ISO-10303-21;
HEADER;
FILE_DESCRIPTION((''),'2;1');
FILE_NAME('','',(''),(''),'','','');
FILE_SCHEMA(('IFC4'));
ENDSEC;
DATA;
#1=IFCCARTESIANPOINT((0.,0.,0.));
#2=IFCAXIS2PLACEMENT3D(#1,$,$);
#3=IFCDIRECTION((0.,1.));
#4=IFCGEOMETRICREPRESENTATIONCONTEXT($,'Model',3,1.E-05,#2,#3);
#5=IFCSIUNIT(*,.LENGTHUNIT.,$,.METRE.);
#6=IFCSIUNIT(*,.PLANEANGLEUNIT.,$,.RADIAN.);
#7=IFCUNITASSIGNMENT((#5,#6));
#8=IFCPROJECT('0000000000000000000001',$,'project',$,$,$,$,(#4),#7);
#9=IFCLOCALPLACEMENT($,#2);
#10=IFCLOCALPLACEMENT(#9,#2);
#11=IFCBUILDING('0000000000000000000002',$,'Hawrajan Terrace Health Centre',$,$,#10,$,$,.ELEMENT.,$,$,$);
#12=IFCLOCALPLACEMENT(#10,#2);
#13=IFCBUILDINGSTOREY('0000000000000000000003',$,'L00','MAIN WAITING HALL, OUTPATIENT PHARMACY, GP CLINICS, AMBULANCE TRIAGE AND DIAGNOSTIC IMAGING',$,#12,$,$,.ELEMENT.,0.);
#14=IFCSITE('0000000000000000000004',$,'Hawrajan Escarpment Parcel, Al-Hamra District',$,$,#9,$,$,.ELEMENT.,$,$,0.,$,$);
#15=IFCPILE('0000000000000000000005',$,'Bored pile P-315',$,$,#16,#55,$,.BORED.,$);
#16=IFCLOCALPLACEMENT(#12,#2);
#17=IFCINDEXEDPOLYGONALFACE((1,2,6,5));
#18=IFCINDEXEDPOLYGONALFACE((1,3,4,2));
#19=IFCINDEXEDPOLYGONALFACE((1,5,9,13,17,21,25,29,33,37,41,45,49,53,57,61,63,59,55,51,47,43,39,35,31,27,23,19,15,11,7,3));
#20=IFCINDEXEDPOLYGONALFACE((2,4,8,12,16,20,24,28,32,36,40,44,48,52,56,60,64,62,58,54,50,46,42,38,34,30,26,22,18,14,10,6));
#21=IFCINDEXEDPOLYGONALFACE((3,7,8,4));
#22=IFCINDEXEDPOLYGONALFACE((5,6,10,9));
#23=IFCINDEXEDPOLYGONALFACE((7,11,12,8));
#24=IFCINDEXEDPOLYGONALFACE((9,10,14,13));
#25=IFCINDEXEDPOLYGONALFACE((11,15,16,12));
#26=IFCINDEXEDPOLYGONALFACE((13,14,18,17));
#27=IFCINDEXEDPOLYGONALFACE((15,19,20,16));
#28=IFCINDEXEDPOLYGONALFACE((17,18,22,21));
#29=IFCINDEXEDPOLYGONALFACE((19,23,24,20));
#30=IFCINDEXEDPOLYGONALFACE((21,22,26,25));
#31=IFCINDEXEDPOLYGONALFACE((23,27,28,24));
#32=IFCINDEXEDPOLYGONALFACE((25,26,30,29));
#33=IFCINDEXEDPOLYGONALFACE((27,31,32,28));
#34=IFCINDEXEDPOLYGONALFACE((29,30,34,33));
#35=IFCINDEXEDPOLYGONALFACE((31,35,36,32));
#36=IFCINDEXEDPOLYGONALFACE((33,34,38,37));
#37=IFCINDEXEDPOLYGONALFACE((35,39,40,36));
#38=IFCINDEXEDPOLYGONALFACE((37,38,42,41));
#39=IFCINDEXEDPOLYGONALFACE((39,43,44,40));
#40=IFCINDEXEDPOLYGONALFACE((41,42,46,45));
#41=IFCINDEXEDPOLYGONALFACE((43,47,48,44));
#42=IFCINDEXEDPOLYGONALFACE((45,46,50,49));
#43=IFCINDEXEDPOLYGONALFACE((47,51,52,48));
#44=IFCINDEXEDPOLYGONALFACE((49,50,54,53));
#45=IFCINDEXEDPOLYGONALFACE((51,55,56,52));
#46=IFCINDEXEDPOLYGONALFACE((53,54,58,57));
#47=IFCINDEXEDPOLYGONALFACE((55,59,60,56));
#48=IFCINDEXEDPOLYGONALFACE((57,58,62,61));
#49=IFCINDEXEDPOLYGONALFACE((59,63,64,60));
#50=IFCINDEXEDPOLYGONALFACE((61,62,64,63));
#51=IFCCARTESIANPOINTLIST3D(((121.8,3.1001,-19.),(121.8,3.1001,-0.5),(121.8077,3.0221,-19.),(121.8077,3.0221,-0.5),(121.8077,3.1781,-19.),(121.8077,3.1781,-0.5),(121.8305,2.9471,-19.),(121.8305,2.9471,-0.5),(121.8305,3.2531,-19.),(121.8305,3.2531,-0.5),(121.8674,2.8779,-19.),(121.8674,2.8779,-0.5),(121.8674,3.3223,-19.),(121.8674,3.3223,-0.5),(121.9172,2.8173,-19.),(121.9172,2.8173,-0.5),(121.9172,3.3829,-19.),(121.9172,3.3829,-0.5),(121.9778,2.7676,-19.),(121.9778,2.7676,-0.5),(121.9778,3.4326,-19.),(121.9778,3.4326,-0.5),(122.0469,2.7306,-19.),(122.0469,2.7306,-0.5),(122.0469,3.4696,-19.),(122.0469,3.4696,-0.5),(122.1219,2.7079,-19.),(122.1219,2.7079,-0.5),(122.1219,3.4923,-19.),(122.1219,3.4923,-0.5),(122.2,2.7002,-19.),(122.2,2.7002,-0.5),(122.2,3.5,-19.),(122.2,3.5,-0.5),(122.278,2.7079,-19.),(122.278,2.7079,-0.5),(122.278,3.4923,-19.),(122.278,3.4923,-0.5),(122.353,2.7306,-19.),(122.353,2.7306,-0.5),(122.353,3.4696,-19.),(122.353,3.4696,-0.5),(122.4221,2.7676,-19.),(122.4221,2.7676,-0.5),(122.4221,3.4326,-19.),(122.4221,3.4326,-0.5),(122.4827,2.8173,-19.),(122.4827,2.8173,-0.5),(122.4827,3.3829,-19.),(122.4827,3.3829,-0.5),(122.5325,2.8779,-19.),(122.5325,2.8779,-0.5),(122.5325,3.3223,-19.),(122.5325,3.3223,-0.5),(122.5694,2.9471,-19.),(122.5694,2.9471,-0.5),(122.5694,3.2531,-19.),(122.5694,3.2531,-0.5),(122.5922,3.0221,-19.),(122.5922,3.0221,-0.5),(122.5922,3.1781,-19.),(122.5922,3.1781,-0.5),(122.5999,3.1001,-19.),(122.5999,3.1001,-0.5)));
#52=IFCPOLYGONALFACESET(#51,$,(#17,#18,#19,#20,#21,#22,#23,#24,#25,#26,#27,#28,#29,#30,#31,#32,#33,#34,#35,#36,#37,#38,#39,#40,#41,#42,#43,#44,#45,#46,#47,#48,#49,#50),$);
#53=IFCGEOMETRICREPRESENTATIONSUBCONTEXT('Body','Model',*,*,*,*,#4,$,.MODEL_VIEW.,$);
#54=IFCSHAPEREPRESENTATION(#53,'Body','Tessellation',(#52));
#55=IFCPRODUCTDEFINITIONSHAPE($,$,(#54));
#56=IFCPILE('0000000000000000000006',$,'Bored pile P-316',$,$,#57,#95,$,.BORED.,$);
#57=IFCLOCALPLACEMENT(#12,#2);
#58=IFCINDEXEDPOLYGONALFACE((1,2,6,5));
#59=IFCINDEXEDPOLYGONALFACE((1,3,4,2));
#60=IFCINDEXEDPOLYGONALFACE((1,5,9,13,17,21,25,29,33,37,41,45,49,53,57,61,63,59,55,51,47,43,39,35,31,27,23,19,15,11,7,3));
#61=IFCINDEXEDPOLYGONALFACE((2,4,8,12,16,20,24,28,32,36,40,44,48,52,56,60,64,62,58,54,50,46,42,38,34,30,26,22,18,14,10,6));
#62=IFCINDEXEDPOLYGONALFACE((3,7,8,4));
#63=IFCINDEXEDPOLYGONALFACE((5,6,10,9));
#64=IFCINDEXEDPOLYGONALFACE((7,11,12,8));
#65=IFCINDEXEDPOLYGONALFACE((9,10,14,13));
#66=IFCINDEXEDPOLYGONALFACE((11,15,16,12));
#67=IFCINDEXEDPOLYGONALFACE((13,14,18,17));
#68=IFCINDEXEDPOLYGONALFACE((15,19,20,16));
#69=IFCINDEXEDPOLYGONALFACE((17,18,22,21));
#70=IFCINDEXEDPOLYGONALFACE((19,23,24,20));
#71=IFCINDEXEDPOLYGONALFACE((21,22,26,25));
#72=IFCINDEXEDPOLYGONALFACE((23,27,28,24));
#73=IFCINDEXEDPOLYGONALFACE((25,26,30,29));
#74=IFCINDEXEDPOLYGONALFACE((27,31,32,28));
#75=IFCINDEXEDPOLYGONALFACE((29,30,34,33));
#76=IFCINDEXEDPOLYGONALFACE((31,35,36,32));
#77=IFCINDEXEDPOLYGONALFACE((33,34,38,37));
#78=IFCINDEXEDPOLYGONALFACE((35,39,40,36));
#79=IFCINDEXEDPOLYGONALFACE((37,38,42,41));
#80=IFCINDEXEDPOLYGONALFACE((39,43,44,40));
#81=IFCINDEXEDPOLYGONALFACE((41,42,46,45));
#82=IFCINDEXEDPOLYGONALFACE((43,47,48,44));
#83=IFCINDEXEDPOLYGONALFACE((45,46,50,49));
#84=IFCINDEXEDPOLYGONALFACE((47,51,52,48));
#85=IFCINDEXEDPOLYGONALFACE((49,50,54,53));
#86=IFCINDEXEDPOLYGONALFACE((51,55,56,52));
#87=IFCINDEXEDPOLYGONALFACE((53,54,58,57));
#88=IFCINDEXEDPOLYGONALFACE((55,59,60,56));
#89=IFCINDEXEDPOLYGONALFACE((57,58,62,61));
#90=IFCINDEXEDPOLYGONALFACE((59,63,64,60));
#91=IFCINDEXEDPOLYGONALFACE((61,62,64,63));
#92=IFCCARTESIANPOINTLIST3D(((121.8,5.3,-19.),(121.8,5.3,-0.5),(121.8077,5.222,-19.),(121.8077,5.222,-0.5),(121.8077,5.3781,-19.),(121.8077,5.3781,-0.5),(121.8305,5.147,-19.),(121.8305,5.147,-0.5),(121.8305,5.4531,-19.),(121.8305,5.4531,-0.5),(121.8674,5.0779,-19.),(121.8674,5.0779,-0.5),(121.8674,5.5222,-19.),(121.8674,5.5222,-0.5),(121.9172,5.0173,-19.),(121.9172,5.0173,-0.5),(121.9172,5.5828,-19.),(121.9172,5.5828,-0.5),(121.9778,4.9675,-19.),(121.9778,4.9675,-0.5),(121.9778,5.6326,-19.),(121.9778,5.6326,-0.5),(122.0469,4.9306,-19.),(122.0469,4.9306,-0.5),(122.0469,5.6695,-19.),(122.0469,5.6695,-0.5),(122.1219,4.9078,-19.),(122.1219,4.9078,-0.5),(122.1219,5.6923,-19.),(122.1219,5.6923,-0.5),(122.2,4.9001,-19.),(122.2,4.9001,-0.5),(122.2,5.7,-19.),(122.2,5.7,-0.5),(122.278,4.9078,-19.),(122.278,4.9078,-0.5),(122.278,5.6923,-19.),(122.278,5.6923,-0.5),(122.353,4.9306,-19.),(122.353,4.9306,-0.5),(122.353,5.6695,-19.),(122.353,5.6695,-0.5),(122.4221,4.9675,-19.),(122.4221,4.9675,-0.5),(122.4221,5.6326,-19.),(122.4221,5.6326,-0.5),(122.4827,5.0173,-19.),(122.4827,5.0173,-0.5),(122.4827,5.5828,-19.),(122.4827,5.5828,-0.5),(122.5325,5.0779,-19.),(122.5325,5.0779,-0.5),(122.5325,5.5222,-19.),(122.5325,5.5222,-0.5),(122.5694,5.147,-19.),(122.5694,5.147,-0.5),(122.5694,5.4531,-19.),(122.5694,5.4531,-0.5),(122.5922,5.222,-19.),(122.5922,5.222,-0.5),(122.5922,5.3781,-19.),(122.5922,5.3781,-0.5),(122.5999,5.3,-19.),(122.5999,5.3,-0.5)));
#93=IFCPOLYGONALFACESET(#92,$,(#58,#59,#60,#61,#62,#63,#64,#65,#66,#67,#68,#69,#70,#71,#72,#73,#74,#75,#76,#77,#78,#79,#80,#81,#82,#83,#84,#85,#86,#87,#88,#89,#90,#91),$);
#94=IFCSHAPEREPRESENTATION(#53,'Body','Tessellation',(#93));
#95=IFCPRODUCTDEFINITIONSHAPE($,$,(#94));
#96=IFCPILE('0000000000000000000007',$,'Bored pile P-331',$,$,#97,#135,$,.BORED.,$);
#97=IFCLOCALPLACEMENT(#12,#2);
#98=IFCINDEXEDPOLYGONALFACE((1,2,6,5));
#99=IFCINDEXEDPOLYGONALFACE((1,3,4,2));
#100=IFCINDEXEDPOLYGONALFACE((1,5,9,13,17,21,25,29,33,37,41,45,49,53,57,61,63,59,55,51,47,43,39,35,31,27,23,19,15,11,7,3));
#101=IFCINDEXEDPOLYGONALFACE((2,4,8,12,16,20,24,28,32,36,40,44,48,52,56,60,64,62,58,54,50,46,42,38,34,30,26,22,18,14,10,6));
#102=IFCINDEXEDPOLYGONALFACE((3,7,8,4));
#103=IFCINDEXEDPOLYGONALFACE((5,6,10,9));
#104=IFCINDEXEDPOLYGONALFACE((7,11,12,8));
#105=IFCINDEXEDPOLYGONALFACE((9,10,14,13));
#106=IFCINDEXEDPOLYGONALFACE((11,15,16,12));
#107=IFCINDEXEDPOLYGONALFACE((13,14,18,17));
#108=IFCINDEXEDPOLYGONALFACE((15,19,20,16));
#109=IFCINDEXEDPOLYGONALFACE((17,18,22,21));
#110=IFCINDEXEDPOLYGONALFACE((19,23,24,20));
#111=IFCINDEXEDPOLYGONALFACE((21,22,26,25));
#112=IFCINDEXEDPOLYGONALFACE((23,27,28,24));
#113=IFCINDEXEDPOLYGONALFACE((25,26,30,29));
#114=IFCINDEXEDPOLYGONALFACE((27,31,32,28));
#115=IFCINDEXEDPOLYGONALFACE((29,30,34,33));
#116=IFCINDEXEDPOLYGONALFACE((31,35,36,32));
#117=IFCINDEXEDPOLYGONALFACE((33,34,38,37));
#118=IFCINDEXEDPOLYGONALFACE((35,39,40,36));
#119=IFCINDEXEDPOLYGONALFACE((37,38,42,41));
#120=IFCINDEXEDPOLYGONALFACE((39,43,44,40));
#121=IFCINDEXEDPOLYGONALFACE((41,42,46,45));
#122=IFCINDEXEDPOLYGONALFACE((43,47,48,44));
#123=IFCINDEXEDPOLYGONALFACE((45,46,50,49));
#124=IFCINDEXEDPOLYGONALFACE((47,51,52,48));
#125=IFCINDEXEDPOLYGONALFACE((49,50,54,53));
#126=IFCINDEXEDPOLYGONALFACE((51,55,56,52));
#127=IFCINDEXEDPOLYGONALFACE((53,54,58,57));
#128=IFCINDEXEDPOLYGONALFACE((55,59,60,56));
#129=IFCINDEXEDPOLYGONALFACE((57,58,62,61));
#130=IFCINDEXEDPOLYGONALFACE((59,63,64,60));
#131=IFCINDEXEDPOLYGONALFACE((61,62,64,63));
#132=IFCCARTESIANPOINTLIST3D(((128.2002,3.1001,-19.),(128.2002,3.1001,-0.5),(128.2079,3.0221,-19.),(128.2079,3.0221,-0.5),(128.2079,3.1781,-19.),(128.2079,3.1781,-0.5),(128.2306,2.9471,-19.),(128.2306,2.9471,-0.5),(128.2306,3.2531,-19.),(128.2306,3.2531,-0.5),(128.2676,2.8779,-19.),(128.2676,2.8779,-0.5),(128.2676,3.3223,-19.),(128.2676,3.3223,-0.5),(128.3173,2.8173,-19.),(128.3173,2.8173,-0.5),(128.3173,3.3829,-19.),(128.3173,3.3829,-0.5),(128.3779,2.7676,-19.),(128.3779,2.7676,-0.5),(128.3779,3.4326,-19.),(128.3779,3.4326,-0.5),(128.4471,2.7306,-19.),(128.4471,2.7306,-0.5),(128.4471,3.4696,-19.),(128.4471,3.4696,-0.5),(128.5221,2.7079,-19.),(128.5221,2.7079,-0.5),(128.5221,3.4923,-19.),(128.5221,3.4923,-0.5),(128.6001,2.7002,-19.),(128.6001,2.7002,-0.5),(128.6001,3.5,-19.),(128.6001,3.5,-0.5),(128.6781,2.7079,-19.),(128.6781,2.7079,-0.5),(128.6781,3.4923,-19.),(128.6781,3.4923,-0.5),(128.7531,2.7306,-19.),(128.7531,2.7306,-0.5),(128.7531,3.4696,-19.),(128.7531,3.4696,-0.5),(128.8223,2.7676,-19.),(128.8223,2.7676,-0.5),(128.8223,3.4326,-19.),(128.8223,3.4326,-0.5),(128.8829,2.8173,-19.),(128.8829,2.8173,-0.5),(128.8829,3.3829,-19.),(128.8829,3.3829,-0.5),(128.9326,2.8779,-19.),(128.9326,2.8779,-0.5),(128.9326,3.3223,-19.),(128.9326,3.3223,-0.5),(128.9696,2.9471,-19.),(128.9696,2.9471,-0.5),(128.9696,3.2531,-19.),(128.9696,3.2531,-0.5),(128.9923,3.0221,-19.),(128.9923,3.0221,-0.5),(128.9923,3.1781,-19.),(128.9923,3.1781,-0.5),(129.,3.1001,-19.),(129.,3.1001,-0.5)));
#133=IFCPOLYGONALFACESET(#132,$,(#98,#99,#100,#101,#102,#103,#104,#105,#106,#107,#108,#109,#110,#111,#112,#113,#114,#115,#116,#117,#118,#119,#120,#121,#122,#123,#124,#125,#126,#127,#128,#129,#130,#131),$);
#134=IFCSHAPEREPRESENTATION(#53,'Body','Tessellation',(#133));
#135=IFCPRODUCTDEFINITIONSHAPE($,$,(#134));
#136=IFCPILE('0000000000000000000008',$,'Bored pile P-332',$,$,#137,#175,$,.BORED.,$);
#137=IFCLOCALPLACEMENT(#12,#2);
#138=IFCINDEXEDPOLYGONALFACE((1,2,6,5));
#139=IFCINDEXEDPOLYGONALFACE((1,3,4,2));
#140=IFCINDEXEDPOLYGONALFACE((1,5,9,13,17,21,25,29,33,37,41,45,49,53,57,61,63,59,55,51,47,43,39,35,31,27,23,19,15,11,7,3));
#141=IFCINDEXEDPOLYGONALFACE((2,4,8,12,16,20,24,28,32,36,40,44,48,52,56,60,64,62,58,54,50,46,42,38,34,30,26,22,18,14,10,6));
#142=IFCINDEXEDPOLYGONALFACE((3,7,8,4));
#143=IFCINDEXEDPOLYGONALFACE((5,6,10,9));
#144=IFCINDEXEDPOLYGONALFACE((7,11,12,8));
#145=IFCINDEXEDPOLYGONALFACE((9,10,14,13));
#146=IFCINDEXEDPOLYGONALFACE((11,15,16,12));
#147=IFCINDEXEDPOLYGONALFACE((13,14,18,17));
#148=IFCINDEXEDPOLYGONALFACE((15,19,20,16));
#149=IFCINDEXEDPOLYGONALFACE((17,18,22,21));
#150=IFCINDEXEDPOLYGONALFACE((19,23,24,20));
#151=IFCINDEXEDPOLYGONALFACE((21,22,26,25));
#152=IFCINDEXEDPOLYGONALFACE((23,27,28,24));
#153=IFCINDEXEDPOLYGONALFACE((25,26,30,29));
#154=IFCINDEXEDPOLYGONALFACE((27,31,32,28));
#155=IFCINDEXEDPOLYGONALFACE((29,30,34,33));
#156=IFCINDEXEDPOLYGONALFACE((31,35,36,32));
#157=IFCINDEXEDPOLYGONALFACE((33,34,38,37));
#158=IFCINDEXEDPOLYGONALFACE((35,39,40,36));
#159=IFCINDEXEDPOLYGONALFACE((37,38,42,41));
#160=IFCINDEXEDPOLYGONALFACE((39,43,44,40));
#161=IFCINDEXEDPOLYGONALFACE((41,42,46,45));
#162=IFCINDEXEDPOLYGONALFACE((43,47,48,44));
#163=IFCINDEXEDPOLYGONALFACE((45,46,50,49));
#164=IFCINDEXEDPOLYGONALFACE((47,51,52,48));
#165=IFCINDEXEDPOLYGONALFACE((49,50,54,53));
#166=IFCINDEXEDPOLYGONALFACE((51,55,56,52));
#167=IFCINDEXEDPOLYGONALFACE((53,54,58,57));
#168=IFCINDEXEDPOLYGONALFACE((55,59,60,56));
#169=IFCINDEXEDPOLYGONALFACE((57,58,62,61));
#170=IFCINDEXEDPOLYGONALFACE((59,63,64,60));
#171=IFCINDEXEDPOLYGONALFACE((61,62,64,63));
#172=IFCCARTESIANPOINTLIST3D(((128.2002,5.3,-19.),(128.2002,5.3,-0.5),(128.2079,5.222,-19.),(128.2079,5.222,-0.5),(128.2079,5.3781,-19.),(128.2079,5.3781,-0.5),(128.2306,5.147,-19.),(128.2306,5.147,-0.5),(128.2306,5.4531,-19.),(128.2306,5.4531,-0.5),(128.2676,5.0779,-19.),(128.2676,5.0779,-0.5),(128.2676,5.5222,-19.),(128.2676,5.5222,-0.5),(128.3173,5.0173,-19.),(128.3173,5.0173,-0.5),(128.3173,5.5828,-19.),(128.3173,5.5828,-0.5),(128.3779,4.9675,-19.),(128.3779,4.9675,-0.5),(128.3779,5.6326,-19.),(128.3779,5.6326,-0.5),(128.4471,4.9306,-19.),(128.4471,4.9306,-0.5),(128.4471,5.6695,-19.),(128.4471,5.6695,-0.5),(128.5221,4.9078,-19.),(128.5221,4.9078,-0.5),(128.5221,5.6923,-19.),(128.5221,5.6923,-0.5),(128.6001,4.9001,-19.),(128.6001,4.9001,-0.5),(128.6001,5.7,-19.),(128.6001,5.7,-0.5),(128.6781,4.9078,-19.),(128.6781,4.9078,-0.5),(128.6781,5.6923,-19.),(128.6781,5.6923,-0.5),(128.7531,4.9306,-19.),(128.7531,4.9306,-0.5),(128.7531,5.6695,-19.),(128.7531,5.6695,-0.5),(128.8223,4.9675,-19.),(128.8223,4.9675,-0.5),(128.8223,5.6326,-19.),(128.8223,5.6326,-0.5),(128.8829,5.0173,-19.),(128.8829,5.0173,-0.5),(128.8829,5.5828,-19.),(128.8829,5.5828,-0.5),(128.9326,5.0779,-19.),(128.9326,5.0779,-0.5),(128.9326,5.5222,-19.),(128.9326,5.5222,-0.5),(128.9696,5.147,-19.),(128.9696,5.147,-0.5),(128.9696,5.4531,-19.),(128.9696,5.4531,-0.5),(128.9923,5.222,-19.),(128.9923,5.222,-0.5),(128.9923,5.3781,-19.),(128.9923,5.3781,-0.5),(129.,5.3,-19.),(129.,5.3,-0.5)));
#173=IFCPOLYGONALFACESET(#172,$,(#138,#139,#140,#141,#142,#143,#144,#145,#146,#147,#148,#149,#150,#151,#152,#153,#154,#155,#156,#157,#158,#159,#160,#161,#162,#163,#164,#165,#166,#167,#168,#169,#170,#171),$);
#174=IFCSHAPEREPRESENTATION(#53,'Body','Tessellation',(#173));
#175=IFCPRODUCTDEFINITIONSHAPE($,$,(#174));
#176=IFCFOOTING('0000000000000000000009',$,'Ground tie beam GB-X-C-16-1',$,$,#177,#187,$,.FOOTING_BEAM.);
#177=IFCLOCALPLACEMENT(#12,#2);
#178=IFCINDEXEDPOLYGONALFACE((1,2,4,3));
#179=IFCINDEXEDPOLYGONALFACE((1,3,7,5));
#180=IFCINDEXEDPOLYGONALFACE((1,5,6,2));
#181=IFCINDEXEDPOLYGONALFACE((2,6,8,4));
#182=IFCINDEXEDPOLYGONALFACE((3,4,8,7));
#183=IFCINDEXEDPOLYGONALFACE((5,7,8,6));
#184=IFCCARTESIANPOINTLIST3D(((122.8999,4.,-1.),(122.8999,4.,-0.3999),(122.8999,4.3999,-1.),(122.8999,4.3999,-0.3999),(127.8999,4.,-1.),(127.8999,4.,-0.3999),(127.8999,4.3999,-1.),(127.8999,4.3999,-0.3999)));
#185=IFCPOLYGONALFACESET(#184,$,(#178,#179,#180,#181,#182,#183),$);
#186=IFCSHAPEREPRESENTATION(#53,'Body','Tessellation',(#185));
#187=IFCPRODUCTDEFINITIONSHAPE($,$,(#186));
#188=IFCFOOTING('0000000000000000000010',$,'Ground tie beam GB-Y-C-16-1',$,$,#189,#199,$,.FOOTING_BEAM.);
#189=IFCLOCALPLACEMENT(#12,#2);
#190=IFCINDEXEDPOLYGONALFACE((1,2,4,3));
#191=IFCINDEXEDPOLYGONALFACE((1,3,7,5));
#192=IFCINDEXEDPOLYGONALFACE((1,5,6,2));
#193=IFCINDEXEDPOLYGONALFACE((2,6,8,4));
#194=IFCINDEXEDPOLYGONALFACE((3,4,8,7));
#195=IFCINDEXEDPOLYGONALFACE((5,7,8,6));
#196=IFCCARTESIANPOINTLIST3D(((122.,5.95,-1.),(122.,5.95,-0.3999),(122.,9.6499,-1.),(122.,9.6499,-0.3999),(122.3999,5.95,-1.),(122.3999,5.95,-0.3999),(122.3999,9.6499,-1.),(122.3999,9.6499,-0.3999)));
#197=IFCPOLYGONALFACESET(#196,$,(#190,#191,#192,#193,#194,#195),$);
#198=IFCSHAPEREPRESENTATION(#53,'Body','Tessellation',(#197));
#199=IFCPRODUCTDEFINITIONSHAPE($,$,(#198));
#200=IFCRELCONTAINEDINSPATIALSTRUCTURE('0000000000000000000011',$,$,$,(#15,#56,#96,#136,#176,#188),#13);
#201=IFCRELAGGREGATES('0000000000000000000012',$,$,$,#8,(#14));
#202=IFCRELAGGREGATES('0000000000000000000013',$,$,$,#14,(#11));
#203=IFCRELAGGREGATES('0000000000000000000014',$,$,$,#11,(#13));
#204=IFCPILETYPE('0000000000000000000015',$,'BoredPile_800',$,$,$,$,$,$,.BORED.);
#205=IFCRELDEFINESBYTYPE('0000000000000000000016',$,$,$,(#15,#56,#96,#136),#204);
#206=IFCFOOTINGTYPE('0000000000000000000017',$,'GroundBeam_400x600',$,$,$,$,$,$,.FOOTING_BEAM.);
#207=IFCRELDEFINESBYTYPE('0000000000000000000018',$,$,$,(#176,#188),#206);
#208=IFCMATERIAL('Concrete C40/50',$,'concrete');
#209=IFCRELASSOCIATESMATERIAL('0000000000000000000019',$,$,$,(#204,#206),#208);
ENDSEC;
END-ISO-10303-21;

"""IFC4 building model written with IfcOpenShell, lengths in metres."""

from ifc_helpers import new_model, si_unit, direction, frame, origin, origin_2d, place, context, subcontext, project, spatial, rectangle, circle, extrude, material, material_profile, profile_set, type_object, element, save


model = new_model("IFC4")

# Units and contexts
model_context = context("Model", 3, precision=1e-05, world=origin(), true_north=direction((0.0, 1.0)))
body_context = subcontext(model_context, "Body", "Model", "MODEL_VIEW")
ifc_project = project(units=[si_unit("LENGTHUNIT", "METRE"), si_unit("PLANEANGLEUNIT", "RADIAN")], contexts=[model_context])

# Site, building, storey
site_placement = place(None, origin())
site = spatial("IfcSite", under=ifc_project, at=site_placement, Name="Hawrajan Escarpment Parcel, Al-Hamra District", CompositionType="ELEMENT", RefElevation=0.0)
building_placement = place(site_placement, origin())
building = spatial("IfcBuilding", under=site, at=building_placement, Name="Hawrajan Terrace Health Centre", CompositionType="ELEMENT")
storey_placement = place(building_placement, origin())
storey = spatial("IfcBuildingStorey", under=building, at=storey_placement, Name="L00", Description="MAIN WAITING HALL, OUTPATIENT PHARMACY, GP CLINICS, AMBULANCE TRIAGE AND DIAGNOSTIC IMAGING", CompositionType="ELEMENT", Elevation=0.0)

# Piles
ifc_material_1 = material(Name="Concrete C40/50", Category="concrete")
ifc_material_profile_1 = material_profile(ifc_material_1, circle(Radius=0.3999, at=origin_2d()), Name="BP 800")
ifc_profile_set_1 = profile_set([ifc_material_profile_1], Name="Concrete C40/50")
pile_type = type_object("IfcPileType", Name="BoredPile_800", PredefinedType="BORED", material=ifc_profile_set_1)
for number, where, z_axis, x_axis, name in (
    (1, (122.2, 3.1001, -0.5), (0.0, 0.0, -1.0), (1.0, 0.0, 0.0), "Bored pile P-315"),
    (2, (122.2, 5.3, -0.5), (0.0, 0.0, -1.0), (1.0, 0.0, 0.0), "Bored pile P-316"),
    (3, (128.6001, 3.1001, -0.5), (0.0, 0.0, -1.0), (1.0, 0.0, 0.0), "Bored pile P-331"),
    (4, (128.6001, 5.3, -0.5), (0.0, 0.0, -1.0), (1.0, 0.0, 0.0), "Bored pile P-332"),
):
    element("IfcPile", number, at=place(storey_placement, frame(where, z_axis=z_axis, x_axis=x_axis)), inside=storey, type_object=pile_type, Name=name, PredefinedType="BORED", context=body_context, shape_type="SweptSolid", body=[
        extrude(circle(Radius=0.3999, at=origin_2d()), origin(), (0.0, 0.0, 1.0), 18.5),
    ])

# Footings
ifc_material_profile_2 = material_profile(ifc_material_1, rectangle(XDim=0.3999, YDim=0.6001, at=origin_2d()), Name="RC BM 400x600")
ifc_profile_set_2 = profile_set([ifc_material_profile_2], Name="Concrete C40/50")
footing_type_1 = type_object("IfcFootingType", Name="GroundBeam_400x600", PredefinedType="FOOTING_BEAM", material=ifc_profile_set_2)
footing_1_placement = place(storey_placement, frame((122.8999, 4.2, -0.7), z_axis=(1.0, 0.0, 0.0), x_axis=(0.0, 1.0, 0.0)))
element("IfcFooting", 5, at=footing_1_placement, inside=storey, type_object=footing_type_1, Name="Ground tie beam GB-X-C-16-1", PredefinedType="FOOTING_BEAM", context=body_context, shape_type="SweptSolid", body=[
    extrude(rectangle(XDim=0.3999, YDim=0.6001, at=origin_2d()), origin(), (0.0, 0.0, 1.0), 5.0),
])
footing_2_placement = place(storey_placement, frame((122.2, 5.95, -0.7), z_axis=(0.0, 1.0, 0.0), x_axis=(-1.0, 0.0, 0.0)))
element("IfcFooting", 6, at=footing_2_placement, inside=storey, type_object=footing_type_1, Name="Ground tie beam GB-Y-C-16-1", PredefinedType="FOOTING_BEAM", context=body_context, shape_type="SweptSolid", body=[
    extrude(rectangle(XDim=0.3999, YDim=0.6001, at=origin_2d()), origin(), (0.0, 0.0, 1.0), 3.7),
])

save(model, "model.ifc")
